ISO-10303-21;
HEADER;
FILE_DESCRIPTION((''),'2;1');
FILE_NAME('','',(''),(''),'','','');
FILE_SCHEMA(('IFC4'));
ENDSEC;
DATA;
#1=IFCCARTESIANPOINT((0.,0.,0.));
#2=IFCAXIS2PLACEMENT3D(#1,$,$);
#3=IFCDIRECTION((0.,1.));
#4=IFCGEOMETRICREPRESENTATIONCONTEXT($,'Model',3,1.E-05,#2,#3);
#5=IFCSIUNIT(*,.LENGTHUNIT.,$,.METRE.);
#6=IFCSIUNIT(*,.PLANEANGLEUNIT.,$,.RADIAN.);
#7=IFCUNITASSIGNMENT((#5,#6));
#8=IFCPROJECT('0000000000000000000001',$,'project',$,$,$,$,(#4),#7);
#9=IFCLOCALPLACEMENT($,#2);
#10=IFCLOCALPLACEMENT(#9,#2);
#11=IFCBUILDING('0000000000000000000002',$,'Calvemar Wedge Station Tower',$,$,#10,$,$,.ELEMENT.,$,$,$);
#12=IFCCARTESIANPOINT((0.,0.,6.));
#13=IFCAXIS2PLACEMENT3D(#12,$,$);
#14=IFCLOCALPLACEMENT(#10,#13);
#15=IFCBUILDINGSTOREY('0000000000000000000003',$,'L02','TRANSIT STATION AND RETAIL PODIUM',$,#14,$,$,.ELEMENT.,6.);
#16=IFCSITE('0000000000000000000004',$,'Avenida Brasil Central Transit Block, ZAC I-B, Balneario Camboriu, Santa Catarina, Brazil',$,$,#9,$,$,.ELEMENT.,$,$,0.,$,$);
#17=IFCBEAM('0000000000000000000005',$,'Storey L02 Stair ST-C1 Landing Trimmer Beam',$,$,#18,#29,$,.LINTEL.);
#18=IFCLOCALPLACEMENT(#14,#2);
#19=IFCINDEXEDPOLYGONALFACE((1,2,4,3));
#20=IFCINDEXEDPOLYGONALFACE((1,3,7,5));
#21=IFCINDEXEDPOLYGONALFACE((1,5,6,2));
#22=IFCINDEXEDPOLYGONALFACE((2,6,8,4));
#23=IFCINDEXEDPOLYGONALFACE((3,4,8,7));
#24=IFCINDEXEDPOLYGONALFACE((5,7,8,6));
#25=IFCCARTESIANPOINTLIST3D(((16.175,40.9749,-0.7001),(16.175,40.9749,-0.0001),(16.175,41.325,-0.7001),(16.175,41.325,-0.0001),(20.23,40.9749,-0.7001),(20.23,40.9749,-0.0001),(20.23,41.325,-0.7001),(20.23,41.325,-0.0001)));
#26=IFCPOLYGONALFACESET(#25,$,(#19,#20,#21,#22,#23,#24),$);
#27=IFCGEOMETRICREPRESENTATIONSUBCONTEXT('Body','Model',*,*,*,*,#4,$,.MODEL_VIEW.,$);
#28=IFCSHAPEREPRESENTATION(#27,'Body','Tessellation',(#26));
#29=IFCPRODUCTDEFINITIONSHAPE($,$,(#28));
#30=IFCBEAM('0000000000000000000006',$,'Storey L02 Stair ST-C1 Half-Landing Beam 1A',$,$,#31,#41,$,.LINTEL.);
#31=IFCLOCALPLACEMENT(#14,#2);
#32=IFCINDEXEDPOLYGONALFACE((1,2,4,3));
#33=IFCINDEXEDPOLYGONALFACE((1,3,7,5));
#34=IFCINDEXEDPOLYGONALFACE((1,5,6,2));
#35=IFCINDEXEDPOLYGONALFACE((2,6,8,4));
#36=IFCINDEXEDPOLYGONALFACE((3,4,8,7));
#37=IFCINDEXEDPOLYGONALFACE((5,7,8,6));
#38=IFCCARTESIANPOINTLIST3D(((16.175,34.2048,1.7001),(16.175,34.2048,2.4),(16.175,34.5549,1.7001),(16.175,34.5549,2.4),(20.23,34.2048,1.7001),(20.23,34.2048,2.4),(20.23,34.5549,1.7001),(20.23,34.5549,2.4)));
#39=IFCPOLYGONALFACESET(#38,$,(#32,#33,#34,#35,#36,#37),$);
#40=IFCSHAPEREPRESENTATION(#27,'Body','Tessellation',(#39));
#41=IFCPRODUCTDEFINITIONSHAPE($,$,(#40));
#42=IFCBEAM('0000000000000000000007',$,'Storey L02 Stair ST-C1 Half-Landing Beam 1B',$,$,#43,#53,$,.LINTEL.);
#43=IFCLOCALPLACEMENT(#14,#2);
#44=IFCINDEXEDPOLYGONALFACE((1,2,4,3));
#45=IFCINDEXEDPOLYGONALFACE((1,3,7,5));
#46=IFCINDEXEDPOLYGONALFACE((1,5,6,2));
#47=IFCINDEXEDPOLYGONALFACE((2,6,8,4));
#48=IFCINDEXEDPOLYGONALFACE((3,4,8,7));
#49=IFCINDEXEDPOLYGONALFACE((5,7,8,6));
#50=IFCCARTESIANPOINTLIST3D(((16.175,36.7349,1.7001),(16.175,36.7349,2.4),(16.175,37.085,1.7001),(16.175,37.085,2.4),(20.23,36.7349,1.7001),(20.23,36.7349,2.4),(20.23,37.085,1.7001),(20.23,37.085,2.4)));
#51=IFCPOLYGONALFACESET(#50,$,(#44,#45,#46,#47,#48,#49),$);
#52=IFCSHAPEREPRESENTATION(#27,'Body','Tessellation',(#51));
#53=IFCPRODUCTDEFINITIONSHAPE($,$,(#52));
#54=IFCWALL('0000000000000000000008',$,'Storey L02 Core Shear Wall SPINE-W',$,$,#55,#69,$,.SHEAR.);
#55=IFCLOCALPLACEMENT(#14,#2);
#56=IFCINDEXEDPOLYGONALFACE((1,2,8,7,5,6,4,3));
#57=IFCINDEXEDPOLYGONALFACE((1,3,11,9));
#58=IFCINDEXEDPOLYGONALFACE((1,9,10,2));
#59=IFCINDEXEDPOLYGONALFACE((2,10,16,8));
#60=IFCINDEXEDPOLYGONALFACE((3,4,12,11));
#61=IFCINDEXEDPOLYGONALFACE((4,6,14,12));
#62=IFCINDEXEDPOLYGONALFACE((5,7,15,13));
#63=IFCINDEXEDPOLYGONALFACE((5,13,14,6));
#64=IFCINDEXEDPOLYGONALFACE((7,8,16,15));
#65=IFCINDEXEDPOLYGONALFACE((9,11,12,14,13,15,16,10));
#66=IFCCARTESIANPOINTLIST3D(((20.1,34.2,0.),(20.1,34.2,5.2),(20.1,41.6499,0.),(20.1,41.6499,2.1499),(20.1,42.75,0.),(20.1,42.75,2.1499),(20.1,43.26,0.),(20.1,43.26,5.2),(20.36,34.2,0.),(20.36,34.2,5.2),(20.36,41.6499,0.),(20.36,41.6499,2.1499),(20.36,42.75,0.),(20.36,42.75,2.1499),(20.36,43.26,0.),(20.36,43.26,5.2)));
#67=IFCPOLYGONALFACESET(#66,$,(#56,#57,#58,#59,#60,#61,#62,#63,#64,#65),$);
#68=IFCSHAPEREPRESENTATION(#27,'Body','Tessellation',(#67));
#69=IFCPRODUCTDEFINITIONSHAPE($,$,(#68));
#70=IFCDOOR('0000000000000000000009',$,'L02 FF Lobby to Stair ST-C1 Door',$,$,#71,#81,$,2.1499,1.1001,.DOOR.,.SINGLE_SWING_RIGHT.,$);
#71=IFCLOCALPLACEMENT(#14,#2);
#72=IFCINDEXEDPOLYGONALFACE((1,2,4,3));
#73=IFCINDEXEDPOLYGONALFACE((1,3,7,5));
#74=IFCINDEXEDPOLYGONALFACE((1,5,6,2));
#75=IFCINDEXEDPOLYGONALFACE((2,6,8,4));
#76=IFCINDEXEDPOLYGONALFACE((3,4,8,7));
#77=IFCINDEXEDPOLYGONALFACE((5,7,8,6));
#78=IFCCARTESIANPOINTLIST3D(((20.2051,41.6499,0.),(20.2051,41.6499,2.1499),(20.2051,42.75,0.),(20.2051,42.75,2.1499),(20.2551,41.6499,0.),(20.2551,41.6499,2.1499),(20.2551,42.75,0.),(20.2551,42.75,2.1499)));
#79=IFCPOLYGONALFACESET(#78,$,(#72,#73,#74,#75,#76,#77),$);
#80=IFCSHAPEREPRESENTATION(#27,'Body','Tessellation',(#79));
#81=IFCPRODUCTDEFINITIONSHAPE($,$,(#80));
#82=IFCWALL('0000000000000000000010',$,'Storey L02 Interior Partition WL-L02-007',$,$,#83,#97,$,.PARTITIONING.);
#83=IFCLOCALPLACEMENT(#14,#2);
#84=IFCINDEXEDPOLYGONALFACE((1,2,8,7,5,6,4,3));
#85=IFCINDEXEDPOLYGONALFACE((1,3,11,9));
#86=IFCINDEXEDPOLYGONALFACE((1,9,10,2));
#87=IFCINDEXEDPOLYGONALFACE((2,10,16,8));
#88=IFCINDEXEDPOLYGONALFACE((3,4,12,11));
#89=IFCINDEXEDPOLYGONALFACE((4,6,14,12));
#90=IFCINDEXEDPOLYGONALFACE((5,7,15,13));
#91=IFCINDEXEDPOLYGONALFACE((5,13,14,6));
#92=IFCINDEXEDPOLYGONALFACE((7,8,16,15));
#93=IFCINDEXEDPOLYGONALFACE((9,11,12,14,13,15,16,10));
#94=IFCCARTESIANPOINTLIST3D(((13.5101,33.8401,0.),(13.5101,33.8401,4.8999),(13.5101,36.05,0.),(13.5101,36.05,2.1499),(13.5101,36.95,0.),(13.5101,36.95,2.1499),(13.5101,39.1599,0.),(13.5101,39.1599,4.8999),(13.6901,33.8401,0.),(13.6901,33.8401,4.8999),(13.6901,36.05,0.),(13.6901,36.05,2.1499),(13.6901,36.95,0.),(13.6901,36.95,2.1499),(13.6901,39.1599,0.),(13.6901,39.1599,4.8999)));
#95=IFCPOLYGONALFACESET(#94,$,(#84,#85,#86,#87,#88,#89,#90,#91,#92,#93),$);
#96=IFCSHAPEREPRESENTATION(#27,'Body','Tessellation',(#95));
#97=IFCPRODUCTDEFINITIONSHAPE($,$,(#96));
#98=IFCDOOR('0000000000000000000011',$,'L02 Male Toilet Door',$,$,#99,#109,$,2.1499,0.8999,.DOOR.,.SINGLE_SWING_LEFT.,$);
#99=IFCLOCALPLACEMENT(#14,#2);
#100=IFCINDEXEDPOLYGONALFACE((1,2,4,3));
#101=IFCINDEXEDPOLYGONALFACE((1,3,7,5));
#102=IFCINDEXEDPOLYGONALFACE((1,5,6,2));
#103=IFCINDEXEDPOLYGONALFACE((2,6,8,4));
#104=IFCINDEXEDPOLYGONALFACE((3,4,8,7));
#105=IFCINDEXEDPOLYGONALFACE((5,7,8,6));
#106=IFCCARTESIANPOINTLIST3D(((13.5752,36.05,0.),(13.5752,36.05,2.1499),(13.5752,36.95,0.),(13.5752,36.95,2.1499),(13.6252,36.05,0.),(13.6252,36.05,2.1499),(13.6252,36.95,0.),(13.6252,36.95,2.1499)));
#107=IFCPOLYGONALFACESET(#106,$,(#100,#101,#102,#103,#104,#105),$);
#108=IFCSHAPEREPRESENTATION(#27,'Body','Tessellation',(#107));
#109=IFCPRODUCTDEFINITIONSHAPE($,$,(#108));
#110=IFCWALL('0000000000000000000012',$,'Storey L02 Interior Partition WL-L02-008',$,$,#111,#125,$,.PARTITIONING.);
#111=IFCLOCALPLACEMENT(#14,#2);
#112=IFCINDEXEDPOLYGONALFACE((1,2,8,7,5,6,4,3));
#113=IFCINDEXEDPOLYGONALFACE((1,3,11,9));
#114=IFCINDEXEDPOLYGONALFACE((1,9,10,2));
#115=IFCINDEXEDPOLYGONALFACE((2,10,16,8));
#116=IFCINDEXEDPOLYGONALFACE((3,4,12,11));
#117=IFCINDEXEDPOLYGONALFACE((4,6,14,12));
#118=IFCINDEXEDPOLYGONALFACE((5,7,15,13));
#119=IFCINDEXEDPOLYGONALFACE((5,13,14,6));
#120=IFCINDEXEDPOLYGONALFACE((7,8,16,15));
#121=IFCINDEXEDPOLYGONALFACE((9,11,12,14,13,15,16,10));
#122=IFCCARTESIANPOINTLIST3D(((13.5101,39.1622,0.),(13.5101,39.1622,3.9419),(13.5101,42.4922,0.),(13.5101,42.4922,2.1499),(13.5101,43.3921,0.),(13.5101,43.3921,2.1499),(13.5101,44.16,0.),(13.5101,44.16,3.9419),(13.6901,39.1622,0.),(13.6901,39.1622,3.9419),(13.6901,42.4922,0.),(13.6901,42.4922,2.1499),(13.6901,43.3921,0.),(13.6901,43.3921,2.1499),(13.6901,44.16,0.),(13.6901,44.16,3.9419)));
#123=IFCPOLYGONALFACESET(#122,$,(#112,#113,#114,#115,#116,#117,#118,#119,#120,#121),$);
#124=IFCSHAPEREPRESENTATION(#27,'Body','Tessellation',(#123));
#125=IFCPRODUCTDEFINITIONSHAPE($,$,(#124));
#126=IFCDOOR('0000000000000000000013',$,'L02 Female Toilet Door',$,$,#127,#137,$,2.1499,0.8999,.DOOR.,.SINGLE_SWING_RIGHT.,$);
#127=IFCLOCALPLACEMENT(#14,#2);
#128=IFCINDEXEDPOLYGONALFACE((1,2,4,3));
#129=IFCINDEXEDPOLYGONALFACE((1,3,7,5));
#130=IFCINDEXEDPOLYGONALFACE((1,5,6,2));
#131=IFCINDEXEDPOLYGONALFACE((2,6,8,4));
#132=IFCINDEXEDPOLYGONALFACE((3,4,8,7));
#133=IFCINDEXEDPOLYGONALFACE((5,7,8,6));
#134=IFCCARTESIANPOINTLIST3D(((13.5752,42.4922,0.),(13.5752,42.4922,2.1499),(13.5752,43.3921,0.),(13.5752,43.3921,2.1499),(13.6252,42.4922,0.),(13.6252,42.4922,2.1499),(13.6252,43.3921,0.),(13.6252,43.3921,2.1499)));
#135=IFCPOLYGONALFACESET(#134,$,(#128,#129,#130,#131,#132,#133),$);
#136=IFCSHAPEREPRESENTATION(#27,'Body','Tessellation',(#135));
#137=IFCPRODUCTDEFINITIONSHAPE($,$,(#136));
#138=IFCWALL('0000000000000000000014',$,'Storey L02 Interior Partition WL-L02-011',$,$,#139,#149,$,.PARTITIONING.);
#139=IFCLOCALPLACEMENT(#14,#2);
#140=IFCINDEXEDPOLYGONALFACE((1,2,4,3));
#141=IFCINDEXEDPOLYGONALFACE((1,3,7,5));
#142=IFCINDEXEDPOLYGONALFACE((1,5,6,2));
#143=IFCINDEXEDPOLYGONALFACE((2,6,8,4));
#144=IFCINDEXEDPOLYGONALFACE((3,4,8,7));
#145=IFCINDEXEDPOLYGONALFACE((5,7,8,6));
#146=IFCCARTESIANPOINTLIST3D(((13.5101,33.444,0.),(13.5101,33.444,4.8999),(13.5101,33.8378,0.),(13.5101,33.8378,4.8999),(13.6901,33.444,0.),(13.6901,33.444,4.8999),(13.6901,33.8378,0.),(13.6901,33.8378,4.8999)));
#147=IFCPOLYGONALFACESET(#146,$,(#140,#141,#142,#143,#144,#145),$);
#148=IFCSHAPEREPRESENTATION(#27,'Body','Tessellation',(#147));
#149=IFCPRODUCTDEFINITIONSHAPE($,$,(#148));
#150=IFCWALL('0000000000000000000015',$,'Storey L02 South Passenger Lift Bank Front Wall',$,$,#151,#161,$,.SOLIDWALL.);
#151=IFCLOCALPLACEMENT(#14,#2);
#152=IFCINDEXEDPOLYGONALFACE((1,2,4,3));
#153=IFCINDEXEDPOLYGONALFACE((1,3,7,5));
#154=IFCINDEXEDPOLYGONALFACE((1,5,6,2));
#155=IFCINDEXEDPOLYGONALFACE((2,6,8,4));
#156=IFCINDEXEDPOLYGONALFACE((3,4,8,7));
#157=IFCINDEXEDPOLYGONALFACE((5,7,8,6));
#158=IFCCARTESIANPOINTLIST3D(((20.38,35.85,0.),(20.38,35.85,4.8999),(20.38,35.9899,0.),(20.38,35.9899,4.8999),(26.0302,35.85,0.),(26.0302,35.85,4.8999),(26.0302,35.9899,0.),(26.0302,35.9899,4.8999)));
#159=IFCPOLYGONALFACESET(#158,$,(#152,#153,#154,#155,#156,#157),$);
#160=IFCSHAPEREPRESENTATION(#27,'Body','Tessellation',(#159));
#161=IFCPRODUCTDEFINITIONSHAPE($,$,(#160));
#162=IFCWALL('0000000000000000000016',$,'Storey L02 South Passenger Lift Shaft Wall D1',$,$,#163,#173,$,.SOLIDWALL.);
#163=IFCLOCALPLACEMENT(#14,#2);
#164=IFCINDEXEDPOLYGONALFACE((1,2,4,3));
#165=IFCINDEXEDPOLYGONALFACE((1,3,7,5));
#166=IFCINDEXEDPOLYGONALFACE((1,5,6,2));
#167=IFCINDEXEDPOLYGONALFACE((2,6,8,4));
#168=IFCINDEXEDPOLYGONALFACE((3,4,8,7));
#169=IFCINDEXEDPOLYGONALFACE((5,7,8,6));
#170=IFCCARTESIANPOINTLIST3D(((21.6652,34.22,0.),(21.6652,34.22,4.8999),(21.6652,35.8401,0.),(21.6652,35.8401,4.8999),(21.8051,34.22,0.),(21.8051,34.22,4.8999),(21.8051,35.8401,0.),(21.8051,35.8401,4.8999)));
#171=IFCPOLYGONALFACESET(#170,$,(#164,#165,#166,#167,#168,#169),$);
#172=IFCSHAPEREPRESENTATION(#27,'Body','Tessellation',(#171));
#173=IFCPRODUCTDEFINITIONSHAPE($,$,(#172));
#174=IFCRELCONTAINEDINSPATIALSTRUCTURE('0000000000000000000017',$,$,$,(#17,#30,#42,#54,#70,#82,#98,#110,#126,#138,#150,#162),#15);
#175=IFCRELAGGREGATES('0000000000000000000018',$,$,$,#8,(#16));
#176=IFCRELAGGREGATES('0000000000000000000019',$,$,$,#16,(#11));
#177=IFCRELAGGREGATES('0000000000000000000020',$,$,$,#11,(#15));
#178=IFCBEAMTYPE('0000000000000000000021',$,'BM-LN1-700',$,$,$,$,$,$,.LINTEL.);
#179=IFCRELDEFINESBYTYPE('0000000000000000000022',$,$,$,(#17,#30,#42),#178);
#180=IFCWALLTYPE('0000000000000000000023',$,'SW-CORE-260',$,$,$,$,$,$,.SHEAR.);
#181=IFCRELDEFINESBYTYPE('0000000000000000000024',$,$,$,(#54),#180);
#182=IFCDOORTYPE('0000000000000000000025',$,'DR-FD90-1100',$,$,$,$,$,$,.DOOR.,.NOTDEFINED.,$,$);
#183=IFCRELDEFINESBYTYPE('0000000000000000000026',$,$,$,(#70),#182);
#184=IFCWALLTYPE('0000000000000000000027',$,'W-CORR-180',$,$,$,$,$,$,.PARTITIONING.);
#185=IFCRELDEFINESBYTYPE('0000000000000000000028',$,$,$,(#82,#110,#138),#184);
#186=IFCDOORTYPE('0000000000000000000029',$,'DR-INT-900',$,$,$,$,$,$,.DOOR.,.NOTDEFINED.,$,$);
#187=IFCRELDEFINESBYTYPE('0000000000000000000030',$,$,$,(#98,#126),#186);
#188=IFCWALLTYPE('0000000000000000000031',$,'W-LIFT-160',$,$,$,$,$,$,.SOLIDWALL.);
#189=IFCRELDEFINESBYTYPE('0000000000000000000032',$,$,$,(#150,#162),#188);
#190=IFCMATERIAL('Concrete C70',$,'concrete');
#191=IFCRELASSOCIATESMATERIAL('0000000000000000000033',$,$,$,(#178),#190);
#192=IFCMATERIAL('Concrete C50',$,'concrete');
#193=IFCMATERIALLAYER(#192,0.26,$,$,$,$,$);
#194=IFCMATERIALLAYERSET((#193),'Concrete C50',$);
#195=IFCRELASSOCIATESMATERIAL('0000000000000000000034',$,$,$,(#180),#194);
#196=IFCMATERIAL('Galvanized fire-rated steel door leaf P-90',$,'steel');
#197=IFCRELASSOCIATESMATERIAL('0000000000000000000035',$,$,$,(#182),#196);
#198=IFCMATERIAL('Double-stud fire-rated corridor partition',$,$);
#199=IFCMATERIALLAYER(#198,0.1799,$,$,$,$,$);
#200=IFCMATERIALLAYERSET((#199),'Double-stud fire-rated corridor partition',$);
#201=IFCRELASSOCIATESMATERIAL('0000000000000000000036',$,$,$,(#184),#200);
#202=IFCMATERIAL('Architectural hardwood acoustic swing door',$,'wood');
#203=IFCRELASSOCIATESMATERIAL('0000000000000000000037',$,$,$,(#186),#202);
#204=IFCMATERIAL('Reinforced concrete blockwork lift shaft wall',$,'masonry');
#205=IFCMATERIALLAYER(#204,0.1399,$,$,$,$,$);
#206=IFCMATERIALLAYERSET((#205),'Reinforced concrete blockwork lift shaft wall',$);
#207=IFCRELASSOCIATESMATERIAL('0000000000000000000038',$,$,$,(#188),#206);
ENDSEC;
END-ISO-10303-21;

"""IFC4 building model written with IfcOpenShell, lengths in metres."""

from ifc_helpers import new_model, si_unit, direction, frame, frame_2d, origin, origin_2d, place, context, subcontext, project, spatial, rectangle, extrude, source, transform, mapped, material, layer, layer_set, material_profile, profile_set, type_object, element, fill, save


model = new_model("IFC4")

# Units and contexts
model_context = context("Model", 3, precision=1e-05, world=origin(), true_north=direction((0.0, 1.0)))
body_context = subcontext(model_context, "Body", "Model", "MODEL_VIEW")
ifc_project = project(units=[si_unit("LENGTHUNIT", "METRE"), si_unit("PLANEANGLEUNIT", "RADIAN")], contexts=[model_context])

# Site, building, storey
site_placement = place(None, origin())
site = spatial("IfcSite", under=ifc_project, at=site_placement, Name="Avenida Brasil Central Transit Block, ZAC I-B, Balneario Camboriu, Santa Catarina, Brazil", CompositionType="ELEMENT", RefElevation=0.0)
building_placement = place(site_placement, origin())
building = spatial("IfcBuilding", under=site, at=building_placement, Name="Calvemar Wedge Station Tower", CompositionType="ELEMENT")
storey_placement = place(building_placement, frame((0.0, 0.0, 6.0)))
storey = spatial("IfcBuildingStorey", under=building, at=storey_placement, Name="L02", Description="TRANSIT STATION AND RETAIL PODIUM", CompositionType="ELEMENT", Elevation=6.0)

# Beams
ifc_material_1 = material(Name="Concrete C70", Category="concrete")
ifc_material_profile = material_profile(ifc_material_1, rectangle(XDim=0.3501, YDim=0.7, at=origin_2d()), Name="RC350x700")
ifc_profile_set = profile_set([ifc_material_profile], Name="Concrete C70")
beam_type = type_object("IfcBeamType", Name="BM-LN1-700", PredefinedType="LINTEL", material=ifc_profile_set)
shared_shape_1 = source(origin(), body_context, "Body", "SweptSolid", [
    extrude(rectangle(XDim=0.3501, YDim=0.7, at=origin_2d()), origin(), (0.0, 0.0, 1.0), 4.0549),
])
for number, where, z_axis, x_axis, name in (
    (1, (16.175, 41.1499, -0.3501), (1.0, 0.0, 0.0), (0.0, 1.0, 0.0), "Storey L02 Stair ST-C1 Landing Trimmer Beam"),
    (2, (16.175, 34.3799, 2.05), (1.0, 0.0, 0.0), (0.0, 1.0, 0.0), "Storey L02 Stair ST-C1 Half-Landing Beam 1A"),
    (3, (16.175, 36.9099, 2.05), (1.0, 0.0, 0.0), (0.0, 1.0, 0.0), "Storey L02 Stair ST-C1 Half-Landing Beam 1B"),
):
    element("IfcBeam", number, at=place(storey_placement, frame(where, z_axis=z_axis, x_axis=x_axis)), inside=storey, type_object=beam_type, Name=name, PredefinedType="LINTEL", context=body_context, shape_type="MappedRepresentation", body=[
        mapped(shared_shape_1, transform((0.0, 0.0, 0.0), scale=1.0)),
    ])

# Walls, openings, doors
ifc_material_2 = material(Name="Concrete C50", Category="concrete")
ifc_layer_1 = layer(ifc_material_2, 0.26)
ifc_layer_set_1 = layer_set([ifc_layer_1], Name="Concrete C50")
wall_type_1 = type_object("IfcWallType", Name="SW-CORE-260", PredefinedType="SHEAR", material=ifc_layer_set_1)
wall_1_placement = place(storey_placement, frame((20.23, 34.2, 0.0), z_axis=(0.0, 0.0, 1.0), x_axis=(0.0, 1.0, 0.0)))
wall_1 = element("IfcWall", 4, at=wall_1_placement, inside=storey, type_object=wall_type_1, Name="Storey L02 Core Shear Wall SPINE-W", PredefinedType="SHEAR", context=body_context, shape_type="SweptSolid", body=[
    extrude(rectangle(XDim=9.0601, YDim=0.26, at=frame_2d((4.53, 0.0))), origin(), (0.0, 0.0, 1.0), 5.2),
])
shared_shape_2 = source(origin(), body_context, "Body", "SweptSolid", [
    extrude(rectangle(XDim=1.1001, YDim=2.1499, at=frame_2d((0.55, 1.075))), frame((0.0, 0.1401, 0.0), z_axis=(0.0, -1.0, 0.0), x_axis=(1.0, 0.0, 0.0)), (0.0, 0.0, 1.0), 0.28),
])
opening_1_placement = place(wall_1_placement, frame((7.45, 0.0, 0.0)))
opening_1 = element("IfcOpeningElement", 5, at=opening_1_placement, cuts=wall_1, PredefinedType="OPENING", context=body_context, shape_type="MappedRepresentation", body=[
    mapped(shared_shape_2, transform((0.0, 0.0, 0.0), scale=1.0)),
])
ifc_material_3 = material(Name="Galvanized fire-rated steel door leaf P-90", Category="steel")
door_type_1 = type_object("IfcDoorType", Name="DR-FD90-1100", OperationType="NOTDEFINED", PredefinedType="DOOR", material=ifc_material_3)
shared_shape_3 = source(origin(), body_context, "Body", "SweptSolid", [
    extrude(rectangle(XDim=1.1001, YDim=2.1499, at=frame_2d((0.55, 1.075))), frame((0.0, 0.0249, 0.0), z_axis=(0.0, -1.0, 0.0), x_axis=(1.0, 0.0, 0.0)), (0.0, 0.0, 1.0), 0.05),
])
door_1_placement = place(opening_1_placement, origin())
door_1 = element("IfcDoor", 6, at=door_1_placement, inside=storey, type_object=door_type_1, Name="L02 FF Lobby to Stair ST-C1 Door", OperationType="SINGLE_SWING_RIGHT", OverallHeight=2.1499, OverallWidth=1.1001, PredefinedType="DOOR", context=body_context, shape_type="MappedRepresentation", body=[
    mapped(shared_shape_3, transform((0.0, 0.0, 0.0), scale=1.0)),
])
fill(opening_1, door_1)
ifc_material_4 = material(Name="Double-stud fire-rated corridor partition")
ifc_layer_2 = layer(ifc_material_4, 0.1799)
ifc_layer_set_2 = layer_set([ifc_layer_2], Name="Double-stud fire-rated corridor partition")
wall_type_2 = type_object("IfcWallType", Name="W-CORR-180", PredefinedType="PARTITIONING", material=ifc_layer_set_2)
wall_2_placement = place(storey_placement, frame((13.6001, 33.8401, 0.0), z_axis=(0.0, 0.0, 1.0), x_axis=(0.0, 1.0, 0.0)))
wall_2 = element("IfcWall", 7, at=wall_2_placement, inside=storey, type_object=wall_type_2, Name="Storey L02 Interior Partition WL-L02-007", PredefinedType="PARTITIONING", context=body_context, shape_type="SweptSolid", body=[
    extrude(rectangle(XDim=5.3198, YDim=0.1799, at=frame_2d((2.6599, 0.0))), origin(), (0.0, 0.0, 1.0), 4.8999),
])
shared_shape_4 = source(origin(), body_context, "Body", "SweptSolid", [
    extrude(rectangle(XDim=0.8999, YDim=2.1499, at=frame_2d((0.45, 1.075))), frame((0.0, 0.1001, 0.0), z_axis=(0.0, -1.0, 0.0), x_axis=(1.0, 0.0, 0.0)), (0.0, 0.0, 1.0), 0.2),
])
opening_2_placement = place(wall_2_placement, frame((2.21, 0.0, 0.0)))
opening_2 = element("IfcOpeningElement", 8, at=opening_2_placement, cuts=wall_2, PredefinedType="OPENING", context=body_context, shape_type="MappedRepresentation", body=[
    mapped(shared_shape_4, transform((0.0, 0.0, 0.0), scale=1.0)),
])
ifc_material_5 = material(Name="Architectural hardwood acoustic swing door", Category="wood")
door_type_2 = type_object("IfcDoorType", Name="DR-INT-900", OperationType="NOTDEFINED", PredefinedType="DOOR", material=ifc_material_5)
shared_shape_5 = source(origin(), body_context, "Body", "SweptSolid", [
    extrude(rectangle(XDim=0.8999, YDim=2.1499, at=frame_2d((0.45, 1.075))), frame((0.0, 0.0249, 0.0), z_axis=(0.0, -1.0, 0.0), x_axis=(1.0, 0.0, 0.0)), (0.0, 0.0, 1.0), 0.05),
])
door_2_placement = place(opening_2_placement, origin())
door_2 = element("IfcDoor", 9, at=door_2_placement, inside=storey, type_object=door_type_2, Name="L02 Male Toilet Door", OperationType="SINGLE_SWING_LEFT", OverallHeight=2.1499, OverallWidth=0.8999, PredefinedType="DOOR", context=body_context, shape_type="MappedRepresentation", body=[
    mapped(shared_shape_5, transform((0.0, 0.0, 0.0), scale=1.0)),
])
fill(opening_2, door_2)
wall_3_placement = place(storey_placement, frame((13.6001, 39.1621, 0.0), z_axis=(0.0, 0.0, 1.0), x_axis=(0.0, 1.0, 0.0)))
wall_3 = element("IfcWall", 10, at=wall_3_placement, inside=storey, type_object=wall_type_2, Name="Storey L02 Interior Partition WL-L02-008", PredefinedType="PARTITIONING", context=body_context, shape_type="SweptSolid", body=[
    extrude(rectangle(XDim=4.9978, YDim=0.1799, at=frame_2d((2.499, 0.0))), origin(), (0.0, 0.0, 1.0), 3.9419),
])
opening_3_placement = place(wall_3_placement, frame((3.3301, 0.0, 0.0)))
opening_3 = element("IfcOpeningElement", 11, at=opening_3_placement, cuts=wall_3, PredefinedType="OPENING", context=body_context, shape_type="MappedRepresentation", body=[
    mapped(shared_shape_4, transform((0.0, 0.0, 0.0), scale=1.0)),
])
door_3_placement = place(opening_3_placement, origin())
door_3 = element("IfcDoor", 12, at=door_3_placement, inside=storey, type_object=door_type_2, Name="L02 Female Toilet Door", OperationType="SINGLE_SWING_RIGHT", OverallHeight=2.1499, OverallWidth=0.8999, PredefinedType="DOOR", context=body_context, shape_type="MappedRepresentation", body=[
    mapped(shared_shape_5, transform((0.0, 0.0, 0.0), scale=1.0)),
])
fill(opening_3, door_3)

# Walls
wall_4_placement = place(storey_placement, frame((13.6001, 33.4441, 0.0), z_axis=(0.0, 0.0, 1.0), x_axis=(0.0, 1.0, 0.0)))
element("IfcWall", 13, at=wall_4_placement, inside=storey, type_object=wall_type_2, Name="Storey L02 Interior Partition WL-L02-011", PredefinedType="PARTITIONING", context=body_context, shape_type="SweptSolid", body=[
    extrude(rectangle(XDim=0.3938, YDim=0.1799, at=frame_2d((0.1968, 0.0))), origin(), (0.0, 0.0, 1.0), 4.8999),
])
ifc_material_6 = material(Name="Reinforced concrete blockwork lift shaft wall", Category="masonry")
ifc_layer_3 = layer(ifc_material_6, 0.1399)
ifc_layer_set_3 = layer_set([ifc_layer_3], Name="Reinforced concrete blockwork lift shaft wall")
wall_type_3 = type_object("IfcWallType", Name="W-LIFT-160", PredefinedType="SOLIDWALL", material=ifc_layer_set_3)
wall_5_placement = place(storey_placement, frame((20.3799, 35.9199, 0.0), z_axis=(0.0, 0.0, 1.0), x_axis=(1.0, 0.0, 0.0)))
element("IfcWall", 14, at=wall_5_placement, inside=storey, type_object=wall_type_3, Name="Storey L02 South Passenger Lift Bank Front Wall", PredefinedType="SOLIDWALL", context=body_context, shape_type="SweptSolid", body=[
    extrude(rectangle(XDim=5.6501, YDim=0.1399, at=frame_2d((2.8252, 0.0))), origin(), (0.0, 0.0, 1.0), 4.8999),
])
for number, where, z_axis, x_axis, name in (
    (15, (21.7351, 34.22, 0.0), (0.0, 0.0, 1.0), (0.0, 1.0, 0.0), "Storey L02 South Passenger Lift Shaft Wall D1"),
):
    element("IfcWall", number, at=place(storey_placement, frame(where, z_axis=z_axis, x_axis=x_axis)), inside=storey, type_object=wall_type_3, Name=name, PredefinedType="SOLIDWALL", context=body_context, shape_type="SweptSolid", body=[
        extrude(rectangle(XDim=1.6201, YDim=0.1399, at=frame_2d((0.8101, 0.0))), origin(), (0.0, 0.0, 1.0), 4.8999),
    ])

save(model, "model.ifc")
